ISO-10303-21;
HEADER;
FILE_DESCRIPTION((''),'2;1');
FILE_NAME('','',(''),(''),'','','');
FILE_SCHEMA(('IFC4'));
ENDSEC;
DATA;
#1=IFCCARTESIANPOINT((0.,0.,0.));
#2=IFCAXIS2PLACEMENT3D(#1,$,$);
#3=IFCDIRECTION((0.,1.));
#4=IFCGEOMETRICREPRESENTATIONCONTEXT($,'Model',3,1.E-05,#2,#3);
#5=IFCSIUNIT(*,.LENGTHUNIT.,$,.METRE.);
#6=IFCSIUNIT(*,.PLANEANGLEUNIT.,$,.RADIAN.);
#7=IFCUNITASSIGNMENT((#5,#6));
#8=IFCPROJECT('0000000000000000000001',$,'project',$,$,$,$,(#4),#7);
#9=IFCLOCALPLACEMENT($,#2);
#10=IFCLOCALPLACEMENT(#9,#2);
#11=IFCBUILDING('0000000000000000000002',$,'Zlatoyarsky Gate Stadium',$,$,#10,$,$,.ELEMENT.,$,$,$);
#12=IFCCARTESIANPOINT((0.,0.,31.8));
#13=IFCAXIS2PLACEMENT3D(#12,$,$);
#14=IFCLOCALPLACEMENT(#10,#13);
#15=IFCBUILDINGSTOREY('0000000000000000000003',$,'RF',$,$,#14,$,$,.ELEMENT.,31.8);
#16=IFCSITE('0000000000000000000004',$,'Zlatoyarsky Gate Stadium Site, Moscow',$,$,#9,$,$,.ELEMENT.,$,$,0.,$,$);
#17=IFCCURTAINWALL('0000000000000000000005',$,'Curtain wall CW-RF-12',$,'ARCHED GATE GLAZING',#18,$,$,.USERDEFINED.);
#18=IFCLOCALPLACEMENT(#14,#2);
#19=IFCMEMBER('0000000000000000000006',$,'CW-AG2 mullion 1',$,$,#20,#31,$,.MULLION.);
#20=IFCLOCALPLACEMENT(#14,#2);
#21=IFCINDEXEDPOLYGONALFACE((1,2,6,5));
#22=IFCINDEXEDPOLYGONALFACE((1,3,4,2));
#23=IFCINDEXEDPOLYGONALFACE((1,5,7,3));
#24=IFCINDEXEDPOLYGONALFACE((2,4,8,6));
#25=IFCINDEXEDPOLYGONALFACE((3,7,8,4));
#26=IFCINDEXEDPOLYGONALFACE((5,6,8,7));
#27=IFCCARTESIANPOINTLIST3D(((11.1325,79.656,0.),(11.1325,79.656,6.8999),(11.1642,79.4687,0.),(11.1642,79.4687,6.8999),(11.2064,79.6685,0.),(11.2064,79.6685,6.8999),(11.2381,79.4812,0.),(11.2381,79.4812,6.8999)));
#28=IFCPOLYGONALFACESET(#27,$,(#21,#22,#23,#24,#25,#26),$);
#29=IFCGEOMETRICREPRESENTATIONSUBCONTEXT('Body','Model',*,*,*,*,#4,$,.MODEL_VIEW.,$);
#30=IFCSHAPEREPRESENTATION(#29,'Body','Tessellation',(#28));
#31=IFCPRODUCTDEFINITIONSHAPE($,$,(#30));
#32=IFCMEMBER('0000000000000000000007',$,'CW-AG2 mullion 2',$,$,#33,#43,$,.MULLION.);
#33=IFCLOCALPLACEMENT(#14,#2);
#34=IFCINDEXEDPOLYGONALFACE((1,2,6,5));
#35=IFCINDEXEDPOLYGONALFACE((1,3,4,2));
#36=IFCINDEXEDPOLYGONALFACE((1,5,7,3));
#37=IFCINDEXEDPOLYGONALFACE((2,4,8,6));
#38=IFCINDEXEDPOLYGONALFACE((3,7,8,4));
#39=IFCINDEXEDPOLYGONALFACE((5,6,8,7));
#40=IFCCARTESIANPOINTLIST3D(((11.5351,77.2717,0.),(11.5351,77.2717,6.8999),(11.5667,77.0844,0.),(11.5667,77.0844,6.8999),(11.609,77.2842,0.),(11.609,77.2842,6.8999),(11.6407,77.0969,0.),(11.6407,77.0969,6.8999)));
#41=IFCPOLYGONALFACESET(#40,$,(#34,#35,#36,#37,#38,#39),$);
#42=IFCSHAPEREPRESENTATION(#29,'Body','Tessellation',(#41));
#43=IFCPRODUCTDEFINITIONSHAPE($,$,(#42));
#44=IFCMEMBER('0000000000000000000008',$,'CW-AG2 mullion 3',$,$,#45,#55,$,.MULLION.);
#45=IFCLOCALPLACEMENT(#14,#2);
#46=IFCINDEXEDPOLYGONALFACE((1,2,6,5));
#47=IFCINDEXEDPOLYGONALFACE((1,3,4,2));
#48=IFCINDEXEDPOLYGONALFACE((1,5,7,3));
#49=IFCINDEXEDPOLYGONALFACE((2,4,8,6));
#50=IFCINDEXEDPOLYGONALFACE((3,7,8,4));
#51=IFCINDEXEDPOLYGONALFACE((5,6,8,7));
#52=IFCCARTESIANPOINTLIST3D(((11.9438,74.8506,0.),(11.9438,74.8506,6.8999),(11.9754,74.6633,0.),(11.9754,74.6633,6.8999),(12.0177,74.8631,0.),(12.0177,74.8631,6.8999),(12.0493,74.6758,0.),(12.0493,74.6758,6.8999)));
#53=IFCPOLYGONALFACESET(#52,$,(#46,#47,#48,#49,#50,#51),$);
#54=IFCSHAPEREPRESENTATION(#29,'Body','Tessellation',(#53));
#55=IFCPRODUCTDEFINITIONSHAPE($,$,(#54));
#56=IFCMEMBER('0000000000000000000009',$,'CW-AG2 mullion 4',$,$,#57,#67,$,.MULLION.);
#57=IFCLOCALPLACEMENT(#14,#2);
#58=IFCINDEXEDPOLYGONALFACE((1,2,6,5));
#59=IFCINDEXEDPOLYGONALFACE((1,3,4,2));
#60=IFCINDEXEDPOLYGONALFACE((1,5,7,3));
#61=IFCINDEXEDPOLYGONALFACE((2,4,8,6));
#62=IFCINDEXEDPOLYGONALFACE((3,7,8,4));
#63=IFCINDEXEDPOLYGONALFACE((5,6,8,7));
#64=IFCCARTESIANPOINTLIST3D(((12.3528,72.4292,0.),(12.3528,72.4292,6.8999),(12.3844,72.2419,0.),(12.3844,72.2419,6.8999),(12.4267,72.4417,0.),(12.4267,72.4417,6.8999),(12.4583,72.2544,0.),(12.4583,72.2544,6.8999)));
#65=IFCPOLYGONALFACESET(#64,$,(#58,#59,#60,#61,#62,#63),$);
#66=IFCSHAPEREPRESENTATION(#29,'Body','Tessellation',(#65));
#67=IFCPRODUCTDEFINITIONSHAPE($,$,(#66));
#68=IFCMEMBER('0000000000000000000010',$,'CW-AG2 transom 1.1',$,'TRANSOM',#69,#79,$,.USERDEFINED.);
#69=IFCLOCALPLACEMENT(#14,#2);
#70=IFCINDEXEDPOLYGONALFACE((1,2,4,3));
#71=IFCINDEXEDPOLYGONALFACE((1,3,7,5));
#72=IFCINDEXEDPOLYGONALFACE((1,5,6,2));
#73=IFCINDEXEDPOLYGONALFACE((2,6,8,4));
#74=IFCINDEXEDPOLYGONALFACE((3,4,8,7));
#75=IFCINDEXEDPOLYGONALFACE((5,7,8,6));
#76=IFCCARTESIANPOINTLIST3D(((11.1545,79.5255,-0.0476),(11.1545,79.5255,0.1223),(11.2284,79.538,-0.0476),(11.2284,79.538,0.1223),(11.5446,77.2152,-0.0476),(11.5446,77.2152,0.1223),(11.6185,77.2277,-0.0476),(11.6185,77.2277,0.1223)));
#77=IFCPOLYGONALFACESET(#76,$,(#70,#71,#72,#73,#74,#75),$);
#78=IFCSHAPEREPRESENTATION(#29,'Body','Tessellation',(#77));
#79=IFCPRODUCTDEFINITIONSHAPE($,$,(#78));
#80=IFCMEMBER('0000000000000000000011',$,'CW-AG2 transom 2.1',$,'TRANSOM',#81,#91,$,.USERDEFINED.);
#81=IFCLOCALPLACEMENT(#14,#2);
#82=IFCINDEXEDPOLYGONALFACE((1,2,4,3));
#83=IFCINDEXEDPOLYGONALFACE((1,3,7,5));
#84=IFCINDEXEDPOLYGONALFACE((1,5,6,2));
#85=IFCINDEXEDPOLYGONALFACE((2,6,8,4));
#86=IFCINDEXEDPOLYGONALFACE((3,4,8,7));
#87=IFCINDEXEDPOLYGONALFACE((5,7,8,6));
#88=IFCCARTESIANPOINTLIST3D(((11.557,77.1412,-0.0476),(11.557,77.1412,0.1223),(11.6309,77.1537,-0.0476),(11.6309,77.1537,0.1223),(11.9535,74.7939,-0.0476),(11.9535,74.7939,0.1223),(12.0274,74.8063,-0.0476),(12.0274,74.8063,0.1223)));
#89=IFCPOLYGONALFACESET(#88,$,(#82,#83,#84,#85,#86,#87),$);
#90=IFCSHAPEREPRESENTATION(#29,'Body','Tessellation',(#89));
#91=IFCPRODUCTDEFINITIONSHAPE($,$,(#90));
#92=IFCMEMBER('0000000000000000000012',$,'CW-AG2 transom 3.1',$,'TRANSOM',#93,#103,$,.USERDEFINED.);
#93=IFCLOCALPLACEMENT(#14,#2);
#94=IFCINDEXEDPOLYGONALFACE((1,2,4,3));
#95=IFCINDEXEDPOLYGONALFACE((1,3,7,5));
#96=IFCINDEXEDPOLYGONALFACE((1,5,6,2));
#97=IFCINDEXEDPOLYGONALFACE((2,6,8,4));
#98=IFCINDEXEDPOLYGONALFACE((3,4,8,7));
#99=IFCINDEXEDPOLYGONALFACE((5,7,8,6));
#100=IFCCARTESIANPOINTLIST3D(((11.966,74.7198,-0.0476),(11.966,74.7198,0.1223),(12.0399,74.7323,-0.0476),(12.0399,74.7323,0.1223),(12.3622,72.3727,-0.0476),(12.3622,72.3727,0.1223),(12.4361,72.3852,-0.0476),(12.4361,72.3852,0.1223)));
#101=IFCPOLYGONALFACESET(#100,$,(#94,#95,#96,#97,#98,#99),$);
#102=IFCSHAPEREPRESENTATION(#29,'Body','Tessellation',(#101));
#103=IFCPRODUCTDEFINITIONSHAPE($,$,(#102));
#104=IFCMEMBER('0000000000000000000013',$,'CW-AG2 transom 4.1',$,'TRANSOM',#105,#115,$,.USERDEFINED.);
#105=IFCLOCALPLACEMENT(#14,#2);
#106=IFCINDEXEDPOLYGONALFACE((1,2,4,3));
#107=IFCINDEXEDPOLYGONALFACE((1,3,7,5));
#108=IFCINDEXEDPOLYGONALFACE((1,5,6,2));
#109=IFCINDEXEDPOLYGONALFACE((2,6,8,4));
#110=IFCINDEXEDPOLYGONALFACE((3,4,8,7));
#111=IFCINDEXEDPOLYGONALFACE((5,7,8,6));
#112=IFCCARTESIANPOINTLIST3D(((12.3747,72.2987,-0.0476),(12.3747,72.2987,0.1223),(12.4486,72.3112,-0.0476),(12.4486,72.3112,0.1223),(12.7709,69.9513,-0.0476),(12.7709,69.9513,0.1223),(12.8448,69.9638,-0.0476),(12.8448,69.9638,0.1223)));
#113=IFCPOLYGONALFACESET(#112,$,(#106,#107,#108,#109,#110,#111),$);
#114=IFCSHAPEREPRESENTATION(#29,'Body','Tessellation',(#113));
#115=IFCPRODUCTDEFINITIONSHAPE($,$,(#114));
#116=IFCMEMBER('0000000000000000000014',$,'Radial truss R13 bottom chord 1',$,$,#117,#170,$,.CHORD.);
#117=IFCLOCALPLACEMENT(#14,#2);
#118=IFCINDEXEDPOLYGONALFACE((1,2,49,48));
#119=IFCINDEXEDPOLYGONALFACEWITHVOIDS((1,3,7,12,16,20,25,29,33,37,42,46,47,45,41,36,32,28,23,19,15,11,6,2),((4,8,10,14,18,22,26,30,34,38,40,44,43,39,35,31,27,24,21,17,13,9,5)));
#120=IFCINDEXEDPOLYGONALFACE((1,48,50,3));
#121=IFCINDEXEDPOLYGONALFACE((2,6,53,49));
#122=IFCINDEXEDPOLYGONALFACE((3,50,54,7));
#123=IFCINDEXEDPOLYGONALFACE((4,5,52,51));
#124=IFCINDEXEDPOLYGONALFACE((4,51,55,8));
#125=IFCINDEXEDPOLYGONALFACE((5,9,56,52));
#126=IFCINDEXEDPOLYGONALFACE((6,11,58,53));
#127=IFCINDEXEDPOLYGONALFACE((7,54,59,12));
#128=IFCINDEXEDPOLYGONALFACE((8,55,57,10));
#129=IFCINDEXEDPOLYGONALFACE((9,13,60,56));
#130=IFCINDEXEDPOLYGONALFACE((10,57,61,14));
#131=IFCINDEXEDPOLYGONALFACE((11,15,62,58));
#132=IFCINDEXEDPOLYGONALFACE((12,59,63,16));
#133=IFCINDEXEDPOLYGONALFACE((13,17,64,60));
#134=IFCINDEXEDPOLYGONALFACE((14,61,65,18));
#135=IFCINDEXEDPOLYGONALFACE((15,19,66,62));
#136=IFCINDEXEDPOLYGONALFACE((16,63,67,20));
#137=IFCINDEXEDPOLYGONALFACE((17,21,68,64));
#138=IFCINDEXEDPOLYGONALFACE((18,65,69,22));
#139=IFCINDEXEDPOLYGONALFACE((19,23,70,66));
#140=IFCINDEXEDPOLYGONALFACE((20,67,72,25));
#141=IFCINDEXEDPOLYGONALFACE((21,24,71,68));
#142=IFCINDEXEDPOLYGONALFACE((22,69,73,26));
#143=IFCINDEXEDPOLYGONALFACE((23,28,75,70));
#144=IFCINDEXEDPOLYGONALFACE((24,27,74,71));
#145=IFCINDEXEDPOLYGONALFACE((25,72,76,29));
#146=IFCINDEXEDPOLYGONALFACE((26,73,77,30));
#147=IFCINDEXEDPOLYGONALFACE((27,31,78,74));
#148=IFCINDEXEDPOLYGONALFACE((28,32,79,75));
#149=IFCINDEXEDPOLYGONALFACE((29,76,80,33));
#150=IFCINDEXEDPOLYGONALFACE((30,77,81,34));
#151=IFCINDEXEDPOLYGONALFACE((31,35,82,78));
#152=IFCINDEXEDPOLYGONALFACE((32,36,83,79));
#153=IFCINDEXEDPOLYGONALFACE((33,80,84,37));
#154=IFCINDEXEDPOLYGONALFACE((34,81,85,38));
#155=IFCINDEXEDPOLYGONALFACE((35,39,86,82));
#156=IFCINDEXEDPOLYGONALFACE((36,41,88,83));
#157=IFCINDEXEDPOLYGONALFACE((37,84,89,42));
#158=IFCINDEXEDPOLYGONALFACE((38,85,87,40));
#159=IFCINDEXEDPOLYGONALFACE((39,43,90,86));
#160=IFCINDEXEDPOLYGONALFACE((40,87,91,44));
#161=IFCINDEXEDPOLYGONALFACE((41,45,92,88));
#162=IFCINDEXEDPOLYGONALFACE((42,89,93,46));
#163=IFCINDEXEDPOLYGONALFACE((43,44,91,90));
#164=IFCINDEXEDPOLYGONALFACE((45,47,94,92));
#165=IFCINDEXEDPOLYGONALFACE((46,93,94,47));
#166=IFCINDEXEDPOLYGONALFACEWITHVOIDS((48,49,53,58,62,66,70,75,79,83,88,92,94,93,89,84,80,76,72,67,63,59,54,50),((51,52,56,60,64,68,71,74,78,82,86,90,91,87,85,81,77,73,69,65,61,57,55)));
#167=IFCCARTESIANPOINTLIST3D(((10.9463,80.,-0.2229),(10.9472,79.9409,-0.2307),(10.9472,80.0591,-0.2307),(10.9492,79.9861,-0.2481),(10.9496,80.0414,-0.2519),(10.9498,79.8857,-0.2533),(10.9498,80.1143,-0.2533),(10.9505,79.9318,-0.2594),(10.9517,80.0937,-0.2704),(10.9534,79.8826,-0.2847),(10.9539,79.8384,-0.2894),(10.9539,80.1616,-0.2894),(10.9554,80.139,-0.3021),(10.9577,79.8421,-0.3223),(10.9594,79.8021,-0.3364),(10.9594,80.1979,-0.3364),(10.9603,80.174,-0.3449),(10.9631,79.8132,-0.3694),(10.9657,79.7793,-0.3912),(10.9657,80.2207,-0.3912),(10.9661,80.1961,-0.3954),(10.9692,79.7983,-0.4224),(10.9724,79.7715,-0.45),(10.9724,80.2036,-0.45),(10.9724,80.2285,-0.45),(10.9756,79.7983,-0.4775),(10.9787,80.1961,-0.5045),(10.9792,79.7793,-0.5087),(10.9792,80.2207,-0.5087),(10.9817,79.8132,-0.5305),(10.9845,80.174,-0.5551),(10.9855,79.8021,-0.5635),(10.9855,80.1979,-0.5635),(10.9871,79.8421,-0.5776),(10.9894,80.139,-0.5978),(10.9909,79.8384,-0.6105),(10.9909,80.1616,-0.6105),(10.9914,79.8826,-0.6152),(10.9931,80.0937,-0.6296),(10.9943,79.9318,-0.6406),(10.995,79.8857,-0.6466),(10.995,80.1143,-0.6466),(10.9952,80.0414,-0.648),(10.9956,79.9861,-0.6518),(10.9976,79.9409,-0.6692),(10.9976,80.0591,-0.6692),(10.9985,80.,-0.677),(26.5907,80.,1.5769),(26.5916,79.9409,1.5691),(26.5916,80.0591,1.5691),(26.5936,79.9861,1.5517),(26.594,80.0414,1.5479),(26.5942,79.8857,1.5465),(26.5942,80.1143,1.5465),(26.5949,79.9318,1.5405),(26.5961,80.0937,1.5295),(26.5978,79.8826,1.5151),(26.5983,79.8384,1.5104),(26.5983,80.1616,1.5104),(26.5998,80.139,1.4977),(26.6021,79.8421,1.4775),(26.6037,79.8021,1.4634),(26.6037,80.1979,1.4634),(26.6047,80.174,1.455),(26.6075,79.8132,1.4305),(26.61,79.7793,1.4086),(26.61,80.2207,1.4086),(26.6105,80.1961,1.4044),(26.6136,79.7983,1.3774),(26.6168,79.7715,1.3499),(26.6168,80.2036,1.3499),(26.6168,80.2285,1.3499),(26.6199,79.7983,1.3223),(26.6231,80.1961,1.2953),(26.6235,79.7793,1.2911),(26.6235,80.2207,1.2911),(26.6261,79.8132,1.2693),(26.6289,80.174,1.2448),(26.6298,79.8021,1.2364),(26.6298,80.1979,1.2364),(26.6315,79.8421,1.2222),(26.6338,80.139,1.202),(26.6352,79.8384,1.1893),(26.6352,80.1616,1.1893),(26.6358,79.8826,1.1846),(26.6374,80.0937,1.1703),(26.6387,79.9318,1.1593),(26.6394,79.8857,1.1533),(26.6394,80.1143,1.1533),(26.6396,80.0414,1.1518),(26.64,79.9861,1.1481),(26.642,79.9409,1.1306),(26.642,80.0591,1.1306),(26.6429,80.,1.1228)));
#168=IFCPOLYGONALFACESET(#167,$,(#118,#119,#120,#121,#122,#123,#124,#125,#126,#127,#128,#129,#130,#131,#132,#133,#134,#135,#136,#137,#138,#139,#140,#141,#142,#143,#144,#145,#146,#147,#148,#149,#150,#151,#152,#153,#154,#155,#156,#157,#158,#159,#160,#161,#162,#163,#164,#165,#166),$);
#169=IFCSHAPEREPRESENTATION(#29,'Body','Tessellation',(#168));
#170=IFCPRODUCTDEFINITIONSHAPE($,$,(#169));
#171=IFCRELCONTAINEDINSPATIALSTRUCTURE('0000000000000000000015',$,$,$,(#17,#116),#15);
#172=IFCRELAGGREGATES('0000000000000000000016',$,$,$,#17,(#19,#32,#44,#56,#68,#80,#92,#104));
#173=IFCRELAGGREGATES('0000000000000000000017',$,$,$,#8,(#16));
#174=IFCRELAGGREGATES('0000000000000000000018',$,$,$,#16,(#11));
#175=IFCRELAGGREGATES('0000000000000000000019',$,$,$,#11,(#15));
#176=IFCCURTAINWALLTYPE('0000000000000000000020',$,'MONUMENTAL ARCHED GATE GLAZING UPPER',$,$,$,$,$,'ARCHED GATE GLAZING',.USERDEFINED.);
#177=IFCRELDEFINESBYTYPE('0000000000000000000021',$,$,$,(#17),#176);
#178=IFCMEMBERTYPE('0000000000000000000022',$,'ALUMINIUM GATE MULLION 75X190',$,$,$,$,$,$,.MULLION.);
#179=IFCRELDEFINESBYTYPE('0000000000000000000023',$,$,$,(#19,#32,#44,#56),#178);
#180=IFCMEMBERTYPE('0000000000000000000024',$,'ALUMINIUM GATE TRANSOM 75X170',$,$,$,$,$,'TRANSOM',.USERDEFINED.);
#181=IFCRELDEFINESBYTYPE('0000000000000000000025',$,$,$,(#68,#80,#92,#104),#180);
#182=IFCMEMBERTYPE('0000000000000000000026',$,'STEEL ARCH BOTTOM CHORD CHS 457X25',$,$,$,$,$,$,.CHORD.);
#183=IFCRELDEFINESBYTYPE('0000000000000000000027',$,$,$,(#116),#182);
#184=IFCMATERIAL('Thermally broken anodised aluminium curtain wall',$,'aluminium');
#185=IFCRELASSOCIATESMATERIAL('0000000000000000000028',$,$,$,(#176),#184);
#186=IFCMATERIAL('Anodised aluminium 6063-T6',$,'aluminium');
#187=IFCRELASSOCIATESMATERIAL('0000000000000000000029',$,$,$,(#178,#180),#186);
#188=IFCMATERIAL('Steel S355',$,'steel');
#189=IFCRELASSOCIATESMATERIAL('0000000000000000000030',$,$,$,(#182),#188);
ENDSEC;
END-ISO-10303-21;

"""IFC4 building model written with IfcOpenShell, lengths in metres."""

from ifc_helpers import new_model, si_unit, direction, frame, origin, origin_2d, place, context, subcontext, project, spatial, rectangle, hollow_circle, extrude, material, material_profile, profile_set, type_object, element, aggregate, save


model = new_model("IFC4")

# Units and contexts
model_context = context("Model", 3, precision=1e-05, world=origin(), true_north=direction((0.0, 1.0)))
body_context = subcontext(model_context, "Body", "Model", "MODEL_VIEW")
ifc_project = project(units=[si_unit("LENGTHUNIT", "METRE"), si_unit("PLANEANGLEUNIT", "RADIAN")], contexts=[model_context])

# Site, building, storey
site_placement = place(None, origin())
site = spatial("IfcSite", under=ifc_project, at=site_placement, Name="Zlatoyarsky Gate Stadium Site, Moscow", CompositionType="ELEMENT", RefElevation=0.0)
building_placement = place(site_placement, origin())
building = spatial("IfcBuilding", under=site, at=building_placement, Name="Zlatoyarsky Gate Stadium", CompositionType="ELEMENT")
storey_placement = place(building_placement, frame((0.0, 0.0, 31.8)))
storey = spatial("IfcBuildingStorey", under=building, at=storey_placement, Name="RF", CompositionType="ELEMENT", Elevation=31.8)

# Curtain wall, members
ifc_material_1 = material(Name="Thermally broken anodised aluminium curtain wall", Category="aluminium")
curtain_wall_type = type_object("IfcCurtainWallType", Name="MONUMENTAL ARCHED GATE GLAZING UPPER", ElementType="ARCHED GATE GLAZING", PredefinedType="USERDEFINED", material=ifc_material_1)
curtain_wall_placement = place(storey_placement, origin())
curtain_wall = element("IfcCurtainWall", 1, at=curtain_wall_placement, inside=storey, type_object=curtain_wall_type, Name="Curtain wall CW-RF-12", ObjectType="ARCHED GATE GLAZING", PredefinedType="USERDEFINED")
ifc_material_2 = material(Name="Anodised aluminium 6063-T6", Category="aluminium")
ifc_material_profile_1 = material_profile(ifc_material_2, rectangle(XDim=0.075, YDim=0.1899, at=origin_2d()), Name="ALU 75X190")
ifc_profile_set_1 = profile_set([ifc_material_profile_1], Name="Anodised aluminium 6063-T6")
member_type_1 = type_object("IfcMemberType", Name="ALUMINIUM GATE MULLION 75X190", PredefinedType="MULLION", material=ifc_profile_set_1)
member_1_placement = place(storey_placement, frame((11.1853, 79.5686, 0.0), z_axis=(0.0, 0.0, 1.0), x_axis=(0.986044, 0.166482, 0.0)))
member_1 = element("IfcMember", 2, at=member_1_placement, type_object=member_type_1, Name="CW-AG2 mullion 1", PredefinedType="MULLION", context=body_context, shape_type="SweptSolid", body=[
    extrude(rectangle(XDim=0.075, YDim=0.1899, at=origin_2d()), origin(), (0.0, 0.0, 1.0), 6.8999),
])
member_2_placement = place(storey_placement, frame((11.5879, 77.1843, 0.0), z_axis=(0.0, 0.0, 1.0), x_axis=(0.986044, 0.166482, 0.0)))
member_2 = element("IfcMember", 3, at=member_2_placement, type_object=member_type_1, Name="CW-AG2 mullion 2", PredefinedType="MULLION", context=body_context, shape_type="SweptSolid", body=[
    extrude(rectangle(XDim=0.075, YDim=0.1899, at=origin_2d()), origin(), (0.0, 0.0, 1.0), 6.8999),
])
member_3_placement = place(storey_placement, frame((11.9966, 74.7632, 0.0), z_axis=(0.0, 0.0, 1.0), x_axis=(0.986044, 0.166482, 0.0)))
member_3 = element("IfcMember", 4, at=member_3_placement, type_object=member_type_1, Name="CW-AG2 mullion 3", PredefinedType="MULLION", context=body_context, shape_type="SweptSolid", body=[
    extrude(rectangle(XDim=0.075, YDim=0.1899, at=origin_2d()), origin(), (0.0, 0.0, 1.0), 6.8999),
])
member_4_placement = place(storey_placement, frame((12.4055, 72.3418, 0.0), z_axis=(0.0, 0.0, 1.0), x_axis=(0.986044, 0.166482, 0.0)))
member_4 = element("IfcMember", 5, at=member_4_placement, type_object=member_type_1, Name="CW-AG2 mullion 4", PredefinedType="MULLION", context=body_context, shape_type="SweptSolid", body=[
    extrude(rectangle(XDim=0.075, YDim=0.1899, at=origin_2d()), origin(), (0.0, 0.0, 1.0), 6.8999),
])
ifc_material_profile_2 = material_profile(ifc_material_2, rectangle(XDim=0.075, YDim=0.1699, at=origin_2d()), Name="ALU 75X170")
ifc_profile_set_2 = profile_set([ifc_material_profile_2], Name="Anodised aluminium 6063-T6")
member_type_2 = type_object("IfcMemberType", Name="ALUMINIUM GATE TRANSOM 75X170", ElementType="TRANSOM", PredefinedType="USERDEFINED", material=ifc_profile_set_2)
member_5_placement = place(storey_placement, frame((11.1914, 79.5317, 0.0374), z_axis=(0.166511, -0.98604, 0.0), x_axis=(0.98604, 0.166511, 0.0)))
member_5 = element("IfcMember", 6, at=member_5_placement, type_object=member_type_2, Name="CW-AG2 transom 1.1", ObjectType="TRANSOM", PredefinedType="USERDEFINED", context=body_context, shape_type="SweptSolid", body=[
    extrude(rectangle(XDim=0.075, YDim=0.1699, at=origin_2d()), origin(), (0.0, 0.0, 1.0), 2.343),
])
member_6_placement = place(storey_placement, frame((11.594, 77.1475, 0.0374), z_axis=(0.166544, -0.986034, 0.0), x_axis=(0.986034, 0.166544, 0.0)))
member_6 = element("IfcMember", 7, at=member_6_placement, type_object=member_type_2, Name="CW-AG2 transom 2.1", ObjectType="TRANSOM", PredefinedType="USERDEFINED", context=body_context, shape_type="SweptSolid", body=[
    extrude(rectangle(XDim=0.075, YDim=0.1699, at=origin_2d()), origin(), (0.0, 0.0, 1.0), 2.3806),
])
member_7_placement = place(storey_placement, frame((12.0029, 74.7261, 0.0374), z_axis=(0.166461, -0.986048, 0.0), x_axis=(0.986048, 0.166461, 0.0)))
member_7 = element("IfcMember", 8, at=member_7_placement, type_object=member_type_2, Name="CW-AG2 transom 3.1", ObjectType="TRANSOM", PredefinedType="USERDEFINED", context=body_context, shape_type="SweptSolid", body=[
    extrude(rectangle(XDim=0.075, YDim=0.1699, at=origin_2d()), origin(), (0.0, 0.0, 1.0), 2.3804),
])
member_8_placement = place(storey_placement, frame((12.4116, 72.3049, 0.0374), z_axis=(0.166444, -0.986051, 0.0), x_axis=(0.986051, 0.166444, 0.0)))
member_8 = element("IfcMember", 9, at=member_8_placement, type_object=member_type_2, Name="CW-AG2 transom 4.1", ObjectType="TRANSOM", PredefinedType="USERDEFINED", context=body_context, shape_type="SweptSolid", body=[
    extrude(rectangle(XDim=0.075, YDim=0.1699, at=origin_2d()), origin(), (0.0, 0.0, 1.0), 2.3806),
])

# Member
ifc_material_3 = material(Name="Steel S355", Category="steel")
ifc_material_profile_3 = material_profile(ifc_material_3, hollow_circle(Radius=0.2285, WallThickness=0.0249, at=origin_2d()), Name="CHS 457X25")
ifc_profile_set_3 = profile_set([ifc_material_profile_3], Name="Steel S355")
member_type_3 = type_object("IfcMemberType", Name="STEEL ARCH BOTTOM CHORD CHS 457X25", PredefinedType="CHORD", material=ifc_profile_set_3)
member_9_placement = place(storey_placement, frame((10.9724, 80.0, -0.45), z_axis=(0.993447, 0.0, 0.114292), x_axis=(0.0, 1.0, 0.0)))
element("IfcMember", 10, at=member_9_placement, inside=storey, type_object=member_type_3, Name="Radial truss R13 bottom chord 1", PredefinedType="CHORD", context=body_context, shape_type="SweptSolid", body=[
    extrude(hollow_circle(Radius=0.2285, WallThickness=0.0249, at=origin_2d()), origin(), (0.0, 0.0, 1.0), 15.7476),
])

aggregate(curtain_wall, [member_1, member_2, member_3, member_4, member_5, member_6, member_7, member_8])

save(model, "model.ifc")
